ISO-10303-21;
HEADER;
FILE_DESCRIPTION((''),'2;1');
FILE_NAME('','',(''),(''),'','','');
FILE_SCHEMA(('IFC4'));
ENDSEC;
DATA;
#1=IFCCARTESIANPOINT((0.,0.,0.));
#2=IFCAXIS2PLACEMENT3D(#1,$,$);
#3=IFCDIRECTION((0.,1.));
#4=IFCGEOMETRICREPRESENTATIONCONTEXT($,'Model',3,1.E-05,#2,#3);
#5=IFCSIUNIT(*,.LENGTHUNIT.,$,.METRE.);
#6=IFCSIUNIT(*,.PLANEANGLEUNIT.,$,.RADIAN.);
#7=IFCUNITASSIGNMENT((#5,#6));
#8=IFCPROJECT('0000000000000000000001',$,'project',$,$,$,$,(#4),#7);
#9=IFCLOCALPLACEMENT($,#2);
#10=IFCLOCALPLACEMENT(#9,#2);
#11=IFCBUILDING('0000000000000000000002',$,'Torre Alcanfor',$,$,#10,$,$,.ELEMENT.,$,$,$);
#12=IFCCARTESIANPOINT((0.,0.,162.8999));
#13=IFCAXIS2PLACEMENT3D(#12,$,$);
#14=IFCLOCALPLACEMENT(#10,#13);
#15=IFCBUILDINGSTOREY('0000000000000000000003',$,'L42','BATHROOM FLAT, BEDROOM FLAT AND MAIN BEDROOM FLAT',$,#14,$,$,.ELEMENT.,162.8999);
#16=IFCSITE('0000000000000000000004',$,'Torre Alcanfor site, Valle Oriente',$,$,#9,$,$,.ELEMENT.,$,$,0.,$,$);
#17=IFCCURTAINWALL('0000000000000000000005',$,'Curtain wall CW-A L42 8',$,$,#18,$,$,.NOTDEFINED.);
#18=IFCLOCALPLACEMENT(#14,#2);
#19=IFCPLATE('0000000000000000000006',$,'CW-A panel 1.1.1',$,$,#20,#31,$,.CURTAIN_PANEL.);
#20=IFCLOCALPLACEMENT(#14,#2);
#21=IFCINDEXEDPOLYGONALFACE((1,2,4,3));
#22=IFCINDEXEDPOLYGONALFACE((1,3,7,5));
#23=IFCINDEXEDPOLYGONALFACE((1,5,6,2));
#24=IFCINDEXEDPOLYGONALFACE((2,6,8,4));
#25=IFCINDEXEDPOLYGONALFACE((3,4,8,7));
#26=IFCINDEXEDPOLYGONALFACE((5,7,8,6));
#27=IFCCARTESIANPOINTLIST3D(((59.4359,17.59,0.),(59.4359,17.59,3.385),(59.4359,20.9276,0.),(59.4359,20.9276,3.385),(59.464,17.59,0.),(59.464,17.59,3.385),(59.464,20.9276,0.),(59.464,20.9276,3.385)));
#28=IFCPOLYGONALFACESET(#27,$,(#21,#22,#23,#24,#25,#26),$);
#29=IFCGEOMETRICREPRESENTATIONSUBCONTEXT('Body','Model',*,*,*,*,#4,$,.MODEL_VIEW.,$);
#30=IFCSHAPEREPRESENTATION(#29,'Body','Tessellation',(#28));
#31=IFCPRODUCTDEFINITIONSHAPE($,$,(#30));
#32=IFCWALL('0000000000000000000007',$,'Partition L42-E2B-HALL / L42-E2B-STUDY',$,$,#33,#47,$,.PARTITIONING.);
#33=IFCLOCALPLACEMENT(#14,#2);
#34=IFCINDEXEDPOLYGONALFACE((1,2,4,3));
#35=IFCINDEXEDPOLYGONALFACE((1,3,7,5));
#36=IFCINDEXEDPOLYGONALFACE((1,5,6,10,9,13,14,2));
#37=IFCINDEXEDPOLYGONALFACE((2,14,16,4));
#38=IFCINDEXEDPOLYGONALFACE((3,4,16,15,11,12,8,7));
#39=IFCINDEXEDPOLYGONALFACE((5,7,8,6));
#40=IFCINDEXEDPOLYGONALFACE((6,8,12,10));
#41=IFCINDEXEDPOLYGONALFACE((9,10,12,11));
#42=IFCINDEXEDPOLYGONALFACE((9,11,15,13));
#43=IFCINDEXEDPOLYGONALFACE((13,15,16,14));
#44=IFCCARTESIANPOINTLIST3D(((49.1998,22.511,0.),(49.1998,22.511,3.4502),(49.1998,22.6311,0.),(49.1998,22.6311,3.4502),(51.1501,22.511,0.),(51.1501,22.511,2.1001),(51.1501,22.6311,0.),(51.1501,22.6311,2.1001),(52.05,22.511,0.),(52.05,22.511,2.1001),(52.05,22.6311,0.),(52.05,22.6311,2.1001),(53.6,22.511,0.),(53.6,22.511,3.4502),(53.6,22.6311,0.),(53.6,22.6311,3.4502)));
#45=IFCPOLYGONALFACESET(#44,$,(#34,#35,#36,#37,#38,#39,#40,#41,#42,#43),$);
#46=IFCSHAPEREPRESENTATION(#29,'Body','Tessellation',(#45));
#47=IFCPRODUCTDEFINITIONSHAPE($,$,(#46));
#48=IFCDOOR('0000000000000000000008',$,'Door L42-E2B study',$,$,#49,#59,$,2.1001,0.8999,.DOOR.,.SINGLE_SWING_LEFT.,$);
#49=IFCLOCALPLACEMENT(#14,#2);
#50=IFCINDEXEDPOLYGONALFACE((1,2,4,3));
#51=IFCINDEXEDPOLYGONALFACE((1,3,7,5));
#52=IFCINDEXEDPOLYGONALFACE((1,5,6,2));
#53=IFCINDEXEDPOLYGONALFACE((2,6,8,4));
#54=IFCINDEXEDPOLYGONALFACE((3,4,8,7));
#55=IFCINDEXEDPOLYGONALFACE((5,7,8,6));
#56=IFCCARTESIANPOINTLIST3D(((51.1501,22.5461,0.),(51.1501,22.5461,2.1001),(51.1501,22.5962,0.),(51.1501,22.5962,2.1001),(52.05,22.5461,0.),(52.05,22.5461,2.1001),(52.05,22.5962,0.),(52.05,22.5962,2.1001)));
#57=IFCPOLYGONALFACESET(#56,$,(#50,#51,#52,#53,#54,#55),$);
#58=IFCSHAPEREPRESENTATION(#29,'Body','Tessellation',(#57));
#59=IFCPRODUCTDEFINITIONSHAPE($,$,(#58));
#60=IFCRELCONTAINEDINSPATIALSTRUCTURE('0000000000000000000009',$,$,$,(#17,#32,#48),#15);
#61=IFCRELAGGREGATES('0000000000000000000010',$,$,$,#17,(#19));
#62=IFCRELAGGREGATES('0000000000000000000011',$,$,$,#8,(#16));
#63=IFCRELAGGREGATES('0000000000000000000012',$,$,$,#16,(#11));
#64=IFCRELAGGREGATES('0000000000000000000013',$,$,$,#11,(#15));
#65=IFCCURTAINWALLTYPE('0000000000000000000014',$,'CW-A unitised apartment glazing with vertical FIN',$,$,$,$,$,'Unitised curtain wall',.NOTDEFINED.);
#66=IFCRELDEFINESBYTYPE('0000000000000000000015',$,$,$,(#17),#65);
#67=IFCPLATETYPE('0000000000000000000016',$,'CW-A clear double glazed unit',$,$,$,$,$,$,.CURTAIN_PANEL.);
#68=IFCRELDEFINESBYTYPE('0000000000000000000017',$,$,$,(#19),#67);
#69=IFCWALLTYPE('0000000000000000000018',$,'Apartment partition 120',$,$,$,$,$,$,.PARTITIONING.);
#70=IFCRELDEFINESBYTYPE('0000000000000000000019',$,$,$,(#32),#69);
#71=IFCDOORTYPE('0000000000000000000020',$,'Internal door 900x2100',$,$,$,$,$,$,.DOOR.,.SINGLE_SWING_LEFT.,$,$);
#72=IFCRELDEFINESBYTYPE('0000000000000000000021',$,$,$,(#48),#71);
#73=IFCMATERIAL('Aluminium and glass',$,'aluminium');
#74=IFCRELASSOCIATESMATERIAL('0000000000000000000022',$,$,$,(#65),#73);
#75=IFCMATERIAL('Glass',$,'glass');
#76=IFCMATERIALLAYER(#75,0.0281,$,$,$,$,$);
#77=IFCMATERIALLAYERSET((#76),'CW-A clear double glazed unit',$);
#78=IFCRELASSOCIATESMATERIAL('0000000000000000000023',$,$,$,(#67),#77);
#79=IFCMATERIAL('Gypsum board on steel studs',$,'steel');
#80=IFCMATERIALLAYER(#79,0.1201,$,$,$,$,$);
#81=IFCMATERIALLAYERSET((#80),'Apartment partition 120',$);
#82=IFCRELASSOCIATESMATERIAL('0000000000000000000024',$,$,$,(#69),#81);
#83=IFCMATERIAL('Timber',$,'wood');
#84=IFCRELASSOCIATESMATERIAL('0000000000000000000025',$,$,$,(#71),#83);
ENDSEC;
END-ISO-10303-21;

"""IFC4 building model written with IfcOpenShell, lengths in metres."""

from ifc_helpers import new_model, si_unit, direction, frame, frame_2d, origin, origin_2d, place, context, subcontext, project, spatial, rectangle, extrude, material, layer, layer_set, type_object, element, fill, aggregate, save


model = new_model("IFC4")

# Units and contexts
model_context = context("Model", 3, precision=1e-05, world=origin(), true_north=direction((0.0, 1.0)))
body_context = subcontext(model_context, "Body", "Model", "MODEL_VIEW")
ifc_project = project(units=[si_unit("LENGTHUNIT", "METRE"), si_unit("PLANEANGLEUNIT", "RADIAN")], contexts=[model_context])

# Site, building, storey
site_placement = place(None, origin())
site = spatial("IfcSite", under=ifc_project, at=site_placement, Name="Torre Alcanfor site, Valle Oriente", CompositionType="ELEMENT", RefElevation=0.0)
building_placement = place(site_placement, origin())
building = spatial("IfcBuilding", under=site, at=building_placement, Name="Torre Alcanfor", CompositionType="ELEMENT")
storey_placement = place(building_placement, frame((0.0, 0.0, 162.8999)))
storey = spatial("IfcBuildingStorey", under=building, at=storey_placement, Name="L42", Description="BATHROOM FLAT, BEDROOM FLAT AND MAIN BEDROOM FLAT", CompositionType="ELEMENT", Elevation=162.8999)

# Curtain wall
ifc_material_1 = material(Name="Aluminium and glass", Category="aluminium")
curtain_wall_type = type_object("IfcCurtainWallType", Name="CW-A unitised apartment glazing with vertical FIN", ElementType="Unitised curtain wall", PredefinedType="NOTDEFINED", material=ifc_material_1)
curtain_wall_placement = place(storey_placement, origin())
curtain_wall = element("IfcCurtainWall", 1, at=curtain_wall_placement, inside=storey, type_object=curtain_wall_type, Name="Curtain wall CW-A L42 8", PredefinedType="NOTDEFINED")

# Plate
ifc_material_2 = material(Name="Glass", Category="glass")
ifc_layer_1 = layer(ifc_material_2, 0.0281)
ifc_layer_set_1 = layer_set([ifc_layer_1], Name="CW-A clear double glazed unit")
plate_type = type_object("IfcPlateType", Name="CW-A clear double glazed unit", PredefinedType="CURTAIN_PANEL", material=ifc_layer_set_1)
plate_placement = place(storey_placement, frame((59.45, 19.2588, 0.0), z_axis=(0.0, 0.0, 1.0), x_axis=(0.0, 1.0, 0.0)))
plate = element("IfcPlate", 2, at=plate_placement, type_object=plate_type, Name="CW-A panel 1.1.1", PredefinedType="CURTAIN_PANEL", context=body_context, shape_type="SweptSolid", body=[
    extrude(rectangle(XDim=3.3376, YDim=0.0281, at=origin_2d()), origin(), (0.0, 0.0, 1.0), 3.385),
])
aggregate(curtain_wall, [plate])

# Wall, opening, door
ifc_material_3 = material(Name="Gypsum board on steel studs", Category="steel")
ifc_layer_2 = layer(ifc_material_3, 0.1201)
ifc_layer_set_2 = layer_set([ifc_layer_2], Name="Apartment partition 120")
wall_type_1 = type_object("IfcWallType", Name="Apartment partition 120", PredefinedType="PARTITIONING", material=ifc_layer_set_2)
wall_1_placement = place(storey_placement, frame((53.6001, 22.571, 0.0), z_axis=(0.0, 0.0, 1.0), x_axis=(-1.0, 0.0, 0.0)))
wall_1 = element("IfcWall", 3, at=wall_1_placement, inside=storey, type_object=wall_type_1, Name="Partition L42-E2B-HALL / L42-E2B-STUDY", PredefinedType="PARTITIONING", context=body_context, shape_type="SweptSolid", body=[
    extrude(rectangle(XDim=4.4001, YDim=0.1201, at=frame_2d((2.2002, 0.0))), origin(), (0.0, 0.0, 1.0), 3.4502),
])
opening_placement = place(wall_1_placement, frame((1.55, 0.0, 0.0)))
opening = element("IfcOpeningElement", 4, at=opening_placement, cuts=wall_1, PredefinedType="OPENING", context=body_context, shape_type="SweptSolid", body=[
    extrude(rectangle(XDim=0.8999, YDim=2.1001, at=frame_2d((0.45, 1.05))), frame((0.0, 0.0701, 0.0), z_axis=(0.0, -1.0, 0.0), x_axis=(1.0, 0.0, 0.0)), (0.0, 0.0, 1.0), 0.1401),
])
ifc_material_4 = material(Name="Timber", Category="wood")
door_type = type_object("IfcDoorType", Name="Internal door 900x2100", OperationType="SINGLE_SWING_LEFT", PredefinedType="DOOR", material=ifc_material_4)
door_placement = place(opening_placement, origin())
door = element("IfcDoor", 5, at=door_placement, inside=storey, type_object=door_type, Name="Door L42-E2B study", OperationType="SINGLE_SWING_LEFT", OverallHeight=2.1001, OverallWidth=0.8999, PredefinedType="DOOR", context=body_context, shape_type="SweptSolid", body=[
    extrude(rectangle(XDim=0.8999, YDim=2.1001, at=frame_2d((0.45, 1.05))), frame((0.0, 0.0249, 0.0), z_axis=(0.0, -1.0, 0.0), x_axis=(1.0, 0.0, 0.0)), (0.0, 0.0, 1.0), 0.05),
])
fill(opening, door)

save(model, "model.ifc")
